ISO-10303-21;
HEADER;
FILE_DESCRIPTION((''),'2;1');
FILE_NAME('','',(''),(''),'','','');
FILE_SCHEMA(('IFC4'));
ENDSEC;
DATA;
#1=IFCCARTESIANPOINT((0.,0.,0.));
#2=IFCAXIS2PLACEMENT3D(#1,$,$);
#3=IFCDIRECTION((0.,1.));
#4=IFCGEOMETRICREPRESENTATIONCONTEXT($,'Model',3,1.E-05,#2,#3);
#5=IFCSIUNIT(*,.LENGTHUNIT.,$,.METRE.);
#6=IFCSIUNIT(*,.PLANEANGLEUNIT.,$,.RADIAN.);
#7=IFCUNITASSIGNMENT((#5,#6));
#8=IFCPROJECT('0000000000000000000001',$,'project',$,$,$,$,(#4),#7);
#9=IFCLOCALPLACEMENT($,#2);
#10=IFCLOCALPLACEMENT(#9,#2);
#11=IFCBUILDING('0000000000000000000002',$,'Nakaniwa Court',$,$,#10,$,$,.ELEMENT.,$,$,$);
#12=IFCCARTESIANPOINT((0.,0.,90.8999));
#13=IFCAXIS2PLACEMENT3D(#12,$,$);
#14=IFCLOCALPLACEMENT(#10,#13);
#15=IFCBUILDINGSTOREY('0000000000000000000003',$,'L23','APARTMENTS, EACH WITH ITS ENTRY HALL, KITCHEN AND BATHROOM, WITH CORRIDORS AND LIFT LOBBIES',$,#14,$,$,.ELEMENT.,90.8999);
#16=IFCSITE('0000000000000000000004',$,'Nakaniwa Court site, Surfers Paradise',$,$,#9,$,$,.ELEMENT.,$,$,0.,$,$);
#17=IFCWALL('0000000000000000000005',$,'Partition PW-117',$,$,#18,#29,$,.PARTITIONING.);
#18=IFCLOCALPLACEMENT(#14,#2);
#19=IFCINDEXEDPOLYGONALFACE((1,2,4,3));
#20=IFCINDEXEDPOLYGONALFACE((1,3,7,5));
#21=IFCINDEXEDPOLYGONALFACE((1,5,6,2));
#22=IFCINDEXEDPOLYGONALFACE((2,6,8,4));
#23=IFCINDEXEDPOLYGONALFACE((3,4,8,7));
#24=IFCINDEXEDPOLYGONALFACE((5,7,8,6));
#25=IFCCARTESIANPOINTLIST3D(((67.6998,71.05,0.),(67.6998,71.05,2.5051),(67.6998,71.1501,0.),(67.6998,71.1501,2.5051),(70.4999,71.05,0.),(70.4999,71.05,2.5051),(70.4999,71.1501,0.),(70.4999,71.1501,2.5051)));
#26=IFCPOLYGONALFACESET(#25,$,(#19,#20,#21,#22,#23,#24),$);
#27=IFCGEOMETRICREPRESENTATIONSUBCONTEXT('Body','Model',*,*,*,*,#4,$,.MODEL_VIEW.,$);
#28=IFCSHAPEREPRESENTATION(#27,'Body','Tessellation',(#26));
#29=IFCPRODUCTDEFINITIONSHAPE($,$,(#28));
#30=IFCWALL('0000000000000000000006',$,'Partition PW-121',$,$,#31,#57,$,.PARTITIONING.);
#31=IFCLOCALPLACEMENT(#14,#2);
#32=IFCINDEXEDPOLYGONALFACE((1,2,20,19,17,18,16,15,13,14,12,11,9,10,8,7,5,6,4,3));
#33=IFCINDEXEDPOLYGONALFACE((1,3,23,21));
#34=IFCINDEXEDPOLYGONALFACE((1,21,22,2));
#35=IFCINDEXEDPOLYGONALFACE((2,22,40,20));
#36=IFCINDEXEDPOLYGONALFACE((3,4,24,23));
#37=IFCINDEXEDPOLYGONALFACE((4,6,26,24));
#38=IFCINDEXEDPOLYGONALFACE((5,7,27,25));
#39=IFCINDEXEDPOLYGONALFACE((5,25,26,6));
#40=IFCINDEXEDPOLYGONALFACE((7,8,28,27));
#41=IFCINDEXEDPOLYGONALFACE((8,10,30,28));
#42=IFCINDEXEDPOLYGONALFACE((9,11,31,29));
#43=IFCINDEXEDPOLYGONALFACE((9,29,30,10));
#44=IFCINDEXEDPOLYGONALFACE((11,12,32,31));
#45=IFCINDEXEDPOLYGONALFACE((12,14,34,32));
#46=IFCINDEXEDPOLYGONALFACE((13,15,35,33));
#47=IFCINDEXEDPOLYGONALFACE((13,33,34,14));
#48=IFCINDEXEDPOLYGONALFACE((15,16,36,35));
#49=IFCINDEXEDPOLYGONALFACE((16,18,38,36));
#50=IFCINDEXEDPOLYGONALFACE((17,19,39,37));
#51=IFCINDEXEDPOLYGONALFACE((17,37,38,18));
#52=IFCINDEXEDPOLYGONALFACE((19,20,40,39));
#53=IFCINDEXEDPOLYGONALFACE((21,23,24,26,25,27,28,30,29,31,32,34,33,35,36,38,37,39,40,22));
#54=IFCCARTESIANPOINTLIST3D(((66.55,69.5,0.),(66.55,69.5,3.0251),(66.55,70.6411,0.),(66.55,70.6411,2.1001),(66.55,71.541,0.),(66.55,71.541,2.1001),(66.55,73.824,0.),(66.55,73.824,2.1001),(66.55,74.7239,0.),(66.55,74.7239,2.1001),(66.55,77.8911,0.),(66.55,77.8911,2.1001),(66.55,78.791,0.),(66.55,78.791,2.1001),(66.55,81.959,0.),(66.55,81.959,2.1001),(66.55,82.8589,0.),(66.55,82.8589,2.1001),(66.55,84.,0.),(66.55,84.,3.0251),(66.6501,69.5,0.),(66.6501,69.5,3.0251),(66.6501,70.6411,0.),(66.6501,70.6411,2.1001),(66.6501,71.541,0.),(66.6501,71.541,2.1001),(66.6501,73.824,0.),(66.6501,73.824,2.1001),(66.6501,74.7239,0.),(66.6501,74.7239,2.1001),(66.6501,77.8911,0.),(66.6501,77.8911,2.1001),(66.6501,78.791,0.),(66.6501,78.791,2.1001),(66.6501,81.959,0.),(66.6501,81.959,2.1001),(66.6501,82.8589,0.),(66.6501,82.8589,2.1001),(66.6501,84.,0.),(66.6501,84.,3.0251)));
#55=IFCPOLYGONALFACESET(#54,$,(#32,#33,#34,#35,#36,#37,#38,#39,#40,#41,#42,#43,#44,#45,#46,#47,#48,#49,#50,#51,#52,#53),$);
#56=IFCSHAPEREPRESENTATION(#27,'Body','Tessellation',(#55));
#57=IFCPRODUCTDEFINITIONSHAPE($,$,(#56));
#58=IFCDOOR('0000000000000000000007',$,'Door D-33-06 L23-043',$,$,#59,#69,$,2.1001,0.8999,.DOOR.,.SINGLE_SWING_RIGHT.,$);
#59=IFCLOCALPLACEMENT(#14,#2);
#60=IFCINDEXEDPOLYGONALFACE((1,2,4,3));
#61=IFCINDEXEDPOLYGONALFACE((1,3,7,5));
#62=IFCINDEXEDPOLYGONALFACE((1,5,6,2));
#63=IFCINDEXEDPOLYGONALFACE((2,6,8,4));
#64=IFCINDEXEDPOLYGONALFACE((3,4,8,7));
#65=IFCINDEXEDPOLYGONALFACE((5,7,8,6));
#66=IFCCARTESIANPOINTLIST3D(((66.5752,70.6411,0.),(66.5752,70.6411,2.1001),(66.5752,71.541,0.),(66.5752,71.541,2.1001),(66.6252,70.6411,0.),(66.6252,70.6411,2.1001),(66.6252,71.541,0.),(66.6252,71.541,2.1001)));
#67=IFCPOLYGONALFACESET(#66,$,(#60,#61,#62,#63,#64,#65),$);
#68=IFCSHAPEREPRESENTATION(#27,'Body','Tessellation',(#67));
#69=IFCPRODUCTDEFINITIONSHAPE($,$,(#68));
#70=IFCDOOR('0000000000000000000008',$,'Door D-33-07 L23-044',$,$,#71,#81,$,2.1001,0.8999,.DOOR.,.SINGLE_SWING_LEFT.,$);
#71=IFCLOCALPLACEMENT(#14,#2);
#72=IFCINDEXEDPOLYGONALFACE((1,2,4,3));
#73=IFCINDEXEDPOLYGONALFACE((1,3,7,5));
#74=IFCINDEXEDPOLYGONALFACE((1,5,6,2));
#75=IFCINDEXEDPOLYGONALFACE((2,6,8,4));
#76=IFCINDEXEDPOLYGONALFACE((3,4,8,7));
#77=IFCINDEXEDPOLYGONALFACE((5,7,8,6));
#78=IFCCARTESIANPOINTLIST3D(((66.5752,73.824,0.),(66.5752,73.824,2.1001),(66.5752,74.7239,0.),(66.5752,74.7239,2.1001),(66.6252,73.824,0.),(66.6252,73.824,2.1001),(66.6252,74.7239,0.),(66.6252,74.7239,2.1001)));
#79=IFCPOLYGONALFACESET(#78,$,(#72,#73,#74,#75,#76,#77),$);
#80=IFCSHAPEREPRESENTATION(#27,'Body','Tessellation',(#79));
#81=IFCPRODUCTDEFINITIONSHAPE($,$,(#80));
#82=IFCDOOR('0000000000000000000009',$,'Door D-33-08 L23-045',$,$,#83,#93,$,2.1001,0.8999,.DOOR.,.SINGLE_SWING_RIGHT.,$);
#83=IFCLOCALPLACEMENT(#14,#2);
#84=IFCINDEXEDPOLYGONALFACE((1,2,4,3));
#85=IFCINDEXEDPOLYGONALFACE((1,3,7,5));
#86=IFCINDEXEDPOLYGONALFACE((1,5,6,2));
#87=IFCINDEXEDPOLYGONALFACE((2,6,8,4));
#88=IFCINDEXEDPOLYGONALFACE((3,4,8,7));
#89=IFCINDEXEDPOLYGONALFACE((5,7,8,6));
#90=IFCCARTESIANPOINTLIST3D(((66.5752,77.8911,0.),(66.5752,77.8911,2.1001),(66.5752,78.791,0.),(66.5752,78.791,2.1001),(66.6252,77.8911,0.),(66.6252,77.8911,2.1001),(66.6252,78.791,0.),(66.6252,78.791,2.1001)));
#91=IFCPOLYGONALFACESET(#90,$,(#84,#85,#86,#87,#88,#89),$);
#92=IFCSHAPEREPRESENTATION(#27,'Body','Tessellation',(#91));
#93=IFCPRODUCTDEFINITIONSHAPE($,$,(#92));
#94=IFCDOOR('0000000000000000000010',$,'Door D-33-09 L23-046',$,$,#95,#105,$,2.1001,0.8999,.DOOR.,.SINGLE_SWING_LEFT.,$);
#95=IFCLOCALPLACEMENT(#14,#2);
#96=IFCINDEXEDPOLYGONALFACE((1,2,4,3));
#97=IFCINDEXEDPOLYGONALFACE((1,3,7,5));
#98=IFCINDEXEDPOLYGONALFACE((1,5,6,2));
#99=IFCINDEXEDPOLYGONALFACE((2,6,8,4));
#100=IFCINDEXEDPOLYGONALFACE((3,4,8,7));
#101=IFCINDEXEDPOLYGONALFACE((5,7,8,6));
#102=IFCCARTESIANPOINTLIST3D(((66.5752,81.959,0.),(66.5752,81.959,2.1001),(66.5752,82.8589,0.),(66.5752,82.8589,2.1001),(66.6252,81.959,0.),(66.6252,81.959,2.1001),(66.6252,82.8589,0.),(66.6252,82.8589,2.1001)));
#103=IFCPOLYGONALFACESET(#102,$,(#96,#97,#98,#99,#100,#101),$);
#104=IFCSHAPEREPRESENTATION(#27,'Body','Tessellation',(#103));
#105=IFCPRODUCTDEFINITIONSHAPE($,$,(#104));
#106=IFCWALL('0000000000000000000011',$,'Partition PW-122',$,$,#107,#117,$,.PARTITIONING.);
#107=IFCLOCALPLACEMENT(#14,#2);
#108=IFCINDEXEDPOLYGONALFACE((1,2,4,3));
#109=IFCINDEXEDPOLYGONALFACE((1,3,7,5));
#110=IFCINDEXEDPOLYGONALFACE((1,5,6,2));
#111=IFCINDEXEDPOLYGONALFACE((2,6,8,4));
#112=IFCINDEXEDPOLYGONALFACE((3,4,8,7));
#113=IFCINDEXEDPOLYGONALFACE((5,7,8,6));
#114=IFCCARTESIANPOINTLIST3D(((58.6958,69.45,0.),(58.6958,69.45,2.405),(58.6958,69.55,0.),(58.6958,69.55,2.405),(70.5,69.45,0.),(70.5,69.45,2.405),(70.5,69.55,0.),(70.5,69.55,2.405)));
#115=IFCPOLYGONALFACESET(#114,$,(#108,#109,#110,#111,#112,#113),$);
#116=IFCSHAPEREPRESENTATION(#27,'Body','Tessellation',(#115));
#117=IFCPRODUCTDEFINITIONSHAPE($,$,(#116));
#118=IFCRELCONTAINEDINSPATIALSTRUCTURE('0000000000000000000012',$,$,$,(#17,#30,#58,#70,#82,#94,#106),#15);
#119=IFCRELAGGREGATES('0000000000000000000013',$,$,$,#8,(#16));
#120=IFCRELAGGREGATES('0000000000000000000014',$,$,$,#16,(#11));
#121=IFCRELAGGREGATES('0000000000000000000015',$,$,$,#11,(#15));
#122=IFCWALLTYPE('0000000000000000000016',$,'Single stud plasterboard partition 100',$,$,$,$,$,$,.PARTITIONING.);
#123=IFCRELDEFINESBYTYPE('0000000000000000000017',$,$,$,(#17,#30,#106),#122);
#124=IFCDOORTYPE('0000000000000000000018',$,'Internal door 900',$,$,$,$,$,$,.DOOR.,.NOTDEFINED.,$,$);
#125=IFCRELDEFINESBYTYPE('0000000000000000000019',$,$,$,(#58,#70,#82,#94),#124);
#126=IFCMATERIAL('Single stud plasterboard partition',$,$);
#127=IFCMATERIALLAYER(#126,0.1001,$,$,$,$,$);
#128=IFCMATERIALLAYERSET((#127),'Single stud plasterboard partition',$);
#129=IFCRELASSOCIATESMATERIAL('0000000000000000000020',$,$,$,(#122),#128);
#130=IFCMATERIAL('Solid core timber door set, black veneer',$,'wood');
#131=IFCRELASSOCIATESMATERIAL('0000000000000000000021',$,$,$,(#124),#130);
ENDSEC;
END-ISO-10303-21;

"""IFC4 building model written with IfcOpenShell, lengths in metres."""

from ifc_helpers import new_model, si_unit, direction, frame, frame_2d, origin, place, context, subcontext, project, spatial, rectangle, extrude, material, layer, layer_set, type_object, element, fill, save


model = new_model("IFC4")

# Units and contexts
model_context = context("Model", 3, precision=1e-05, world=origin(), true_north=direction((0.0, 1.0)))
body_context = subcontext(model_context, "Body", "Model", "MODEL_VIEW")
ifc_project = project(units=[si_unit("LENGTHUNIT", "METRE"), si_unit("PLANEANGLEUNIT", "RADIAN")], contexts=[model_context])

# Site, building, storey
site_placement = place(None, origin())
site = spatial("IfcSite", under=ifc_project, at=site_placement, Name="Nakaniwa Court site, Surfers Paradise", CompositionType="ELEMENT", RefElevation=0.0)
building_placement = place(site_placement, origin())
building = spatial("IfcBuilding", under=site, at=building_placement, Name="Nakaniwa Court", CompositionType="ELEMENT")
storey_placement = place(building_placement, frame((0.0, 0.0, 90.8999)))
storey = spatial("IfcBuildingStorey", under=building, at=storey_placement, Name="L23", Description="APARTMENTS, EACH WITH ITS ENTRY HALL, KITCHEN AND BATHROOM, WITH CORRIDORS AND LIFT LOBBIES", CompositionType="ELEMENT", Elevation=90.8999)

# Shared definitions
ifc_material_1 = material(Name="Solid core timber door set, black veneer", Category="wood")

# Wall
ifc_material_2 = material(Name="Single stud plasterboard partition")
ifc_layer_1 = layer(ifc_material_2, 0.1001)
ifc_layer_set_1 = layer_set([ifc_layer_1], Name="Single stud plasterboard partition")
wall_type_1 = type_object("IfcWallType", Name="Single stud plasterboard partition 100", PredefinedType="PARTITIONING", material=ifc_layer_set_1)
wall_1_placement = place(storey_placement, frame((67.7, 71.1001, 0.0), z_axis=(0.0, 0.0, 1.0), x_axis=(1.0, 0.0, 0.0)))
element("IfcWall", 1, at=wall_1_placement, inside=storey, type_object=wall_type_1, Name="Partition PW-117", PredefinedType="PARTITIONING", context=body_context, shape_type="SweptSolid", body=[
    extrude(rectangle(XDim=2.8, YDim=0.1001, at=frame_2d((1.3999, 0.0))), origin(), (0.0, 0.0, 1.0), 2.5051),
])

# Wall, openings, doors
wall_2_placement = place(storey_placement, frame((66.6001, 69.5, 0.0), z_axis=(0.0, 0.0, 1.0), x_axis=(0.0, 1.0, 0.0)))
wall_2 = element("IfcWall", 2, at=wall_2_placement, inside=storey, type_object=wall_type_1, Name="Partition PW-121", PredefinedType="PARTITIONING", context=body_context, shape_type="SweptSolid", body=[
    extrude(rectangle(XDim=14.5, YDim=0.1001, at=frame_2d((7.25, 0.0))), origin(), (0.0, 0.0, 1.0), 3.0251),
])
opening_1_placement = place(wall_2_placement, frame((1.1411, 0.0, 0.0)))
opening_1 = element("IfcOpeningElement", 3, at=opening_1_placement, cuts=wall_2, PredefinedType="OPENING", context=body_context, shape_type="SweptSolid", body=[
    extrude(rectangle(XDim=0.8999, YDim=2.1001, at=frame_2d((0.45, 1.05))), frame((0.0, 0.0601, 0.0), z_axis=(0.0, -1.0, 0.0), x_axis=(1.0, 0.0, 0.0)), (0.0, 0.0, 1.0), 0.1201),
])
opening_2_placement = place(wall_2_placement, frame((4.324, 0.0, 0.0)))
opening_2 = element("IfcOpeningElement", 4, at=opening_2_placement, cuts=wall_2, PredefinedType="OPENING", context=body_context, shape_type="SweptSolid", body=[
    extrude(rectangle(XDim=0.8999, YDim=2.1001, at=frame_2d((0.45, 1.05))), frame((0.0, 0.0601, 0.0), z_axis=(0.0, -1.0, 0.0), x_axis=(1.0, 0.0, 0.0)), (0.0, 0.0, 1.0), 0.1201),
])
opening_3_placement = place(wall_2_placement, frame((8.3911, 0.0, 0.0)))
opening_3 = element("IfcOpeningElement", 5, at=opening_3_placement, cuts=wall_2, PredefinedType="OPENING", context=body_context, shape_type="SweptSolid", body=[
    extrude(rectangle(XDim=0.8999, YDim=2.1001, at=frame_2d((0.45, 1.05))), frame((0.0, 0.0601, 0.0), z_axis=(0.0, -1.0, 0.0), x_axis=(1.0, 0.0, 0.0)), (0.0, 0.0, 1.0), 0.1201),
])
opening_4_placement = place(wall_2_placement, frame((12.459, 0.0, 0.0)))
opening_4 = element("IfcOpeningElement", 6, at=opening_4_placement, cuts=wall_2, PredefinedType="OPENING", context=body_context, shape_type="SweptSolid", body=[
    extrude(rectangle(XDim=0.8999, YDim=2.1001, at=frame_2d((0.45, 1.05))), frame((0.0, 0.0601, 0.0), z_axis=(0.0, -1.0, 0.0), x_axis=(1.0, 0.0, 0.0)), (0.0, 0.0, 1.0), 0.1201),
])
door_type_1 = type_object("IfcDoorType", Name="Internal door 900", OperationType="NOTDEFINED", PredefinedType="DOOR", material=ifc_material_1)
door_1_placement = place(opening_1_placement, origin())
door_1 = element("IfcDoor", 7, at=door_1_placement, inside=storey, type_object=door_type_1, Name="Door D-33-06 L23-043", OperationType="SINGLE_SWING_RIGHT", OverallHeight=2.1001, OverallWidth=0.8999, PredefinedType="DOOR", context=body_context, shape_type="SweptSolid", body=[
    extrude(rectangle(XDim=0.8999, YDim=2.1001, at=frame_2d((0.45, 1.05))), frame((0.0, 0.0249, 0.0), z_axis=(0.0, -1.0, 0.0), x_axis=(1.0, 0.0, 0.0)), (0.0, 0.0, 1.0), 0.05),
])
fill(opening_1, door_1)
door_2_placement = place(opening_2_placement, origin())
door_2 = element("IfcDoor", 8, at=door_2_placement, inside=storey, type_object=door_type_1, Name="Door D-33-07 L23-044", OperationType="SINGLE_SWING_LEFT", OverallHeight=2.1001, OverallWidth=0.8999, PredefinedType="DOOR", context=body_context, shape_type="SweptSolid", body=[
    extrude(rectangle(XDim=0.8999, YDim=2.1001, at=frame_2d((0.45, 1.05))), frame((0.0, 0.0249, 0.0), z_axis=(0.0, -1.0, 0.0), x_axis=(1.0, 0.0, 0.0)), (0.0, 0.0, 1.0), 0.05),
])
fill(opening_2, door_2)
door_3_placement = place(opening_3_placement, origin())
door_3 = element("IfcDoor", 9, at=door_3_placement, inside=storey, type_object=door_type_1, Name="Door D-33-08 L23-045", OperationType="SINGLE_SWING_RIGHT", OverallHeight=2.1001, OverallWidth=0.8999, PredefinedType="DOOR", context=body_context, shape_type="SweptSolid", body=[
    extrude(rectangle(XDim=0.8999, YDim=2.1001, at=frame_2d((0.45, 1.05))), frame((0.0, 0.0249, 0.0), z_axis=(0.0, -1.0, 0.0), x_axis=(1.0, 0.0, 0.0)), (0.0, 0.0, 1.0), 0.05),
])
fill(opening_3, door_3)
door_4_placement = place(opening_4_placement, origin())
door_4 = element("IfcDoor", 10, at=door_4_placement, inside=storey, type_object=door_type_1, Name="Door D-33-09 L23-046", OperationType="SINGLE_SWING_LEFT", OverallHeight=2.1001, OverallWidth=0.8999, PredefinedType="DOOR", context=body_context, shape_type="SweptSolid", body=[
    extrude(rectangle(XDim=0.8999, YDim=2.1001, at=frame_2d((0.45, 1.05))), frame((0.0, 0.0249, 0.0), z_axis=(0.0, -1.0, 0.0), x_axis=(1.0, 0.0, 0.0)), (0.0, 0.0, 1.0), 0.05),
])
fill(opening_4, door_4)

# Wall
wall_3_placement = place(storey_placement, frame((58.6958, 69.5, 0.0), z_axis=(0.0, 0.0, 1.0), x_axis=(1.0, 0.0, 0.0)))
element("IfcWall", 11, at=wall_3_placement, inside=storey, type_object=wall_type_1, Name="Partition PW-122", PredefinedType="PARTITIONING", context=body_context, shape_type="SweptSolid", body=[
    extrude(rectangle(XDim=11.8042, YDim=0.1001, at=frame_2d((5.9021, 0.0))), origin(), (0.0, 0.0, 1.0), 2.405),
])

save(model, "model.ifc")
